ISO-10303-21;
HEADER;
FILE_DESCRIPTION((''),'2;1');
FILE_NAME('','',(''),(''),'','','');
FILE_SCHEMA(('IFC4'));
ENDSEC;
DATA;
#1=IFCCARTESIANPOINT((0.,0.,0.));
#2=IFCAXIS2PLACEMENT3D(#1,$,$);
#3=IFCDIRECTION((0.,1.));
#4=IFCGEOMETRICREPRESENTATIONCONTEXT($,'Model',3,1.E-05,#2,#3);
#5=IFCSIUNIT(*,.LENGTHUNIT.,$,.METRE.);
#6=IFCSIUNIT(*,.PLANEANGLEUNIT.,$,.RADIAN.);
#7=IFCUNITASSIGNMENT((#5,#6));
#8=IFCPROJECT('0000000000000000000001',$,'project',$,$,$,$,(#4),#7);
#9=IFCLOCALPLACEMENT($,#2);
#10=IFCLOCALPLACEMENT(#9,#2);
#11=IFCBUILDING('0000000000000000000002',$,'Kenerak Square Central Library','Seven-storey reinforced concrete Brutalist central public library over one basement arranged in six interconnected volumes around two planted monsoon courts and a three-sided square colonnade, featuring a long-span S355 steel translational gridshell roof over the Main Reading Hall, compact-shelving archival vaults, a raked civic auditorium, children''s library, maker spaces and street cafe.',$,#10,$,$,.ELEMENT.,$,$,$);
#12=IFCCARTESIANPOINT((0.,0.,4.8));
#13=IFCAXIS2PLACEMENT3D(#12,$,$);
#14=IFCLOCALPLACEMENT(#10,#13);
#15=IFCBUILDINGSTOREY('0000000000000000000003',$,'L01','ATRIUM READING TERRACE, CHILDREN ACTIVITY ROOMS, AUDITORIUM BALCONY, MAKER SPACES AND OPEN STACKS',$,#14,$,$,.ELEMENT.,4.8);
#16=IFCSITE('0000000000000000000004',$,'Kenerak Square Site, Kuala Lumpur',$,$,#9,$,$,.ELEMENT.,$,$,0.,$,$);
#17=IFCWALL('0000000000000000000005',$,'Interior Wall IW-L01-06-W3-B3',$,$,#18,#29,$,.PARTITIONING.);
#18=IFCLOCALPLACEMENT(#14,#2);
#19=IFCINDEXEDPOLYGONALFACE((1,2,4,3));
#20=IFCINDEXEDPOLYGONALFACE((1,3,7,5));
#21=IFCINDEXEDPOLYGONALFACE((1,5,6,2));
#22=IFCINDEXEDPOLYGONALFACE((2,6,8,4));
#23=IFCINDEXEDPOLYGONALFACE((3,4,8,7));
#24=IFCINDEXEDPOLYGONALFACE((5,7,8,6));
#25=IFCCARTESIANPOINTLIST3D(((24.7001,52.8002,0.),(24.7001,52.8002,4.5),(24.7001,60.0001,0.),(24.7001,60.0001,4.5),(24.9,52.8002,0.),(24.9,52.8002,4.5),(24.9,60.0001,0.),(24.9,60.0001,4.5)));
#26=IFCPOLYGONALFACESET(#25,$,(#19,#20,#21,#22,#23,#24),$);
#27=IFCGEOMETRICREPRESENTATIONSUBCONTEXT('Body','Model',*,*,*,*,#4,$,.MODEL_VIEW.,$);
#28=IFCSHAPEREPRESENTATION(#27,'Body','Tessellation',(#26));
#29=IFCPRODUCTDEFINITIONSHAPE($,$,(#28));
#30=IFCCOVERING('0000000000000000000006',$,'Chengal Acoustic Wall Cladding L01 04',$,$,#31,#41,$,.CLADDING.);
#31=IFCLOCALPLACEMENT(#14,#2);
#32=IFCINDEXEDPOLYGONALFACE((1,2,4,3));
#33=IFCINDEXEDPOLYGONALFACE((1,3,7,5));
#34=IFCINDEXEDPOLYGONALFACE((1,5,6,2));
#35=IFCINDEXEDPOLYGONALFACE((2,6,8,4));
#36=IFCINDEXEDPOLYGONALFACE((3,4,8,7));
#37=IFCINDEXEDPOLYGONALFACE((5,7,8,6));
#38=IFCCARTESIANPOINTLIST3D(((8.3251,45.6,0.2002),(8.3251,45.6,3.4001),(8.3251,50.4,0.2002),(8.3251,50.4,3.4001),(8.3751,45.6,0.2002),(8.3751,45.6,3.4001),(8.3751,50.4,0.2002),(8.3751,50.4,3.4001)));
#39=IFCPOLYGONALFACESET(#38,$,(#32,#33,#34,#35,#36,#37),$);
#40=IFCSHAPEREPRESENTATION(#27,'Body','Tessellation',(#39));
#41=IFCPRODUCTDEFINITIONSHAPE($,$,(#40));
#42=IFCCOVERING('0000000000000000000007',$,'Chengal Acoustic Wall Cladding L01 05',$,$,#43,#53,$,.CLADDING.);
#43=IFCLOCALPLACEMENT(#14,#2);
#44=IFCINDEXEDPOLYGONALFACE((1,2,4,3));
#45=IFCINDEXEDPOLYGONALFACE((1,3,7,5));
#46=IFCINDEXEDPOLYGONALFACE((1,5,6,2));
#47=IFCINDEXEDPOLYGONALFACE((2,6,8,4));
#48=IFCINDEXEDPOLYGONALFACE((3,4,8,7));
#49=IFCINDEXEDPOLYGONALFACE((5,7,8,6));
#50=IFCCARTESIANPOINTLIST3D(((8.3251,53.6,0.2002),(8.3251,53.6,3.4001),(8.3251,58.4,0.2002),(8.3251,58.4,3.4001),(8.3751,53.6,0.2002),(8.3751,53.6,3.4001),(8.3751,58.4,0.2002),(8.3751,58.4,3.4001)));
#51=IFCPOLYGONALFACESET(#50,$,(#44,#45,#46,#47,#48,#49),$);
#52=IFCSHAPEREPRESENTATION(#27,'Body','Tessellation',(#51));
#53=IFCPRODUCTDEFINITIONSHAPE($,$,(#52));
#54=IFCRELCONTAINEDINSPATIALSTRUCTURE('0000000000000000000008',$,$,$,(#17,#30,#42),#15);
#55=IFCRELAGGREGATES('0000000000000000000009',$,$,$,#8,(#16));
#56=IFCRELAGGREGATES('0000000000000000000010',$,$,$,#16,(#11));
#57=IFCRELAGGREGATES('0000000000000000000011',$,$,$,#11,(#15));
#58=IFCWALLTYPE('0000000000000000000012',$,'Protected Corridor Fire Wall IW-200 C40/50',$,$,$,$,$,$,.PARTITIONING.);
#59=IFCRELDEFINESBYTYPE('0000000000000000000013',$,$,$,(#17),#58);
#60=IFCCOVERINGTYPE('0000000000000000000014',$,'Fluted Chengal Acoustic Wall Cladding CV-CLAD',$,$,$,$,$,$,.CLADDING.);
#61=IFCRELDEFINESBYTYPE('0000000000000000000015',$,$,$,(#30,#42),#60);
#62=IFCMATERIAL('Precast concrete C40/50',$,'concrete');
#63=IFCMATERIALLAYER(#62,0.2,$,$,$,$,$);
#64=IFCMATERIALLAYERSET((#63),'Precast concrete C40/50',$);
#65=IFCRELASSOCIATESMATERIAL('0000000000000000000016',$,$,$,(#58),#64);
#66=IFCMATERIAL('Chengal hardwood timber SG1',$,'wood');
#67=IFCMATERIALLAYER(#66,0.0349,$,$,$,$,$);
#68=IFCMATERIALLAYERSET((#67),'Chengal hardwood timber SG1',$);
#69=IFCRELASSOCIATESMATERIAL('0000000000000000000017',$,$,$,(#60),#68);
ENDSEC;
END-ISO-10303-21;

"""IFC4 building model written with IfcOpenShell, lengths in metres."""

from ifc_helpers import new_model, si_unit, direction, frame, frame_2d, origin, origin_2d, place, context, subcontext, project, spatial, rectangle, extrude, material, layer, layer_set, type_object, element, save


model = new_model("IFC4")

# Units and contexts
model_context = context("Model", 3, precision=1e-05, world=origin(), true_north=direction((0.0, 1.0)))
body_context = subcontext(model_context, "Body", "Model", "MODEL_VIEW")
ifc_project = project(units=[si_unit("LENGTHUNIT", "METRE"), si_unit("PLANEANGLEUNIT", "RADIAN")], contexts=[model_context])

# Site, building, storey
site_placement = place(None, origin())
site = spatial("IfcSite", under=ifc_project, at=site_placement, Name="Kenerak Square Site, Kuala Lumpur", CompositionType="ELEMENT", RefElevation=0.0)
building_placement = place(site_placement, origin())
building = spatial("IfcBuilding", under=site, at=building_placement, Name="Kenerak Square Central Library", Description="Seven-storey reinforced concrete Brutalist central public library over one basement arranged in six interconnected volumes around two planted monsoon courts and a three-sided square colonnade, featuring a long-span S355 steel translational gridshell roof over the Main Reading Hall, compact-shelving archival vaults, a raked civic auditorium, children's library, maker spaces and street cafe.", CompositionType="ELEMENT")
storey_placement = place(building_placement, frame((0.0, 0.0, 4.8)))
storey = spatial("IfcBuildingStorey", under=building, at=storey_placement, Name="L01", Description="ATRIUM READING TERRACE, CHILDREN ACTIVITY ROOMS, AUDITORIUM BALCONY, MAKER SPACES AND OPEN STACKS", CompositionType="ELEMENT", Elevation=4.8)

# Wall
ifc_material_1 = material(Name="Precast concrete C40/50", Category="concrete")
ifc_layer_1 = layer(ifc_material_1, 0.2)
ifc_layer_set_1 = layer_set([ifc_layer_1], Name="Precast concrete C40/50")
wall_type_1 = type_object("IfcWallType", Name="Protected Corridor Fire Wall IW-200 C40/50", PredefinedType="PARTITIONING", material=ifc_layer_set_1)
wall_1_placement = place(storey_placement, frame((24.8, 52.8, 0.0), z_axis=(0.0, 0.0, 1.0), x_axis=(0.0, 1.0, 0.0)))
element("IfcWall", 1, at=wall_1_placement, inside=storey, type_object=wall_type_1, Name="Interior Wall IW-L01-06-W3-B3", PredefinedType="PARTITIONING", context=body_context, shape_type="SweptSolid", body=[
    extrude(rectangle(XDim=7.2, YDim=0.2, at=frame_2d((3.6001, 0.0))), origin(), (0.0, 0.0, 1.0), 4.5),
])

# Coverings
ifc_material_2 = material(Name="Chengal hardwood timber SG1", Category="wood")
ifc_layer_2 = layer(ifc_material_2, 0.0349)
ifc_layer_set_2 = layer_set([ifc_layer_2], Name="Chengal hardwood timber SG1")
covering_type = type_object("IfcCoveringType", Name="Fluted Chengal Acoustic Wall Cladding CV-CLAD", PredefinedType="CLADDING", material=ifc_layer_set_2)
for number, where, z_axis, x_axis, name in (
    (2, (8.3501, 48.0, 0.2002), (0.0, 0.0, 1.0), (1.0, 0.0, 0.0), "Chengal Acoustic Wall Cladding L01 04"),
    (3, (8.3501, 56.0, 0.2002), (0.0, 0.0, 1.0), (1.0, 0.0, 0.0), "Chengal Acoustic Wall Cladding L01 05"),
):
    element("IfcCovering", number, at=place(storey_placement, frame(where, z_axis=z_axis, x_axis=x_axis)), inside=storey, type_object=covering_type, Name=name, PredefinedType="CLADDING", context=body_context, shape_type="SweptSolid", body=[
        extrude(rectangle(XDim=0.05, YDim=4.8, at=origin_2d()), origin(), (0.0, 0.0, 1.0), 3.2),
    ])

save(model, "model.ifc")
